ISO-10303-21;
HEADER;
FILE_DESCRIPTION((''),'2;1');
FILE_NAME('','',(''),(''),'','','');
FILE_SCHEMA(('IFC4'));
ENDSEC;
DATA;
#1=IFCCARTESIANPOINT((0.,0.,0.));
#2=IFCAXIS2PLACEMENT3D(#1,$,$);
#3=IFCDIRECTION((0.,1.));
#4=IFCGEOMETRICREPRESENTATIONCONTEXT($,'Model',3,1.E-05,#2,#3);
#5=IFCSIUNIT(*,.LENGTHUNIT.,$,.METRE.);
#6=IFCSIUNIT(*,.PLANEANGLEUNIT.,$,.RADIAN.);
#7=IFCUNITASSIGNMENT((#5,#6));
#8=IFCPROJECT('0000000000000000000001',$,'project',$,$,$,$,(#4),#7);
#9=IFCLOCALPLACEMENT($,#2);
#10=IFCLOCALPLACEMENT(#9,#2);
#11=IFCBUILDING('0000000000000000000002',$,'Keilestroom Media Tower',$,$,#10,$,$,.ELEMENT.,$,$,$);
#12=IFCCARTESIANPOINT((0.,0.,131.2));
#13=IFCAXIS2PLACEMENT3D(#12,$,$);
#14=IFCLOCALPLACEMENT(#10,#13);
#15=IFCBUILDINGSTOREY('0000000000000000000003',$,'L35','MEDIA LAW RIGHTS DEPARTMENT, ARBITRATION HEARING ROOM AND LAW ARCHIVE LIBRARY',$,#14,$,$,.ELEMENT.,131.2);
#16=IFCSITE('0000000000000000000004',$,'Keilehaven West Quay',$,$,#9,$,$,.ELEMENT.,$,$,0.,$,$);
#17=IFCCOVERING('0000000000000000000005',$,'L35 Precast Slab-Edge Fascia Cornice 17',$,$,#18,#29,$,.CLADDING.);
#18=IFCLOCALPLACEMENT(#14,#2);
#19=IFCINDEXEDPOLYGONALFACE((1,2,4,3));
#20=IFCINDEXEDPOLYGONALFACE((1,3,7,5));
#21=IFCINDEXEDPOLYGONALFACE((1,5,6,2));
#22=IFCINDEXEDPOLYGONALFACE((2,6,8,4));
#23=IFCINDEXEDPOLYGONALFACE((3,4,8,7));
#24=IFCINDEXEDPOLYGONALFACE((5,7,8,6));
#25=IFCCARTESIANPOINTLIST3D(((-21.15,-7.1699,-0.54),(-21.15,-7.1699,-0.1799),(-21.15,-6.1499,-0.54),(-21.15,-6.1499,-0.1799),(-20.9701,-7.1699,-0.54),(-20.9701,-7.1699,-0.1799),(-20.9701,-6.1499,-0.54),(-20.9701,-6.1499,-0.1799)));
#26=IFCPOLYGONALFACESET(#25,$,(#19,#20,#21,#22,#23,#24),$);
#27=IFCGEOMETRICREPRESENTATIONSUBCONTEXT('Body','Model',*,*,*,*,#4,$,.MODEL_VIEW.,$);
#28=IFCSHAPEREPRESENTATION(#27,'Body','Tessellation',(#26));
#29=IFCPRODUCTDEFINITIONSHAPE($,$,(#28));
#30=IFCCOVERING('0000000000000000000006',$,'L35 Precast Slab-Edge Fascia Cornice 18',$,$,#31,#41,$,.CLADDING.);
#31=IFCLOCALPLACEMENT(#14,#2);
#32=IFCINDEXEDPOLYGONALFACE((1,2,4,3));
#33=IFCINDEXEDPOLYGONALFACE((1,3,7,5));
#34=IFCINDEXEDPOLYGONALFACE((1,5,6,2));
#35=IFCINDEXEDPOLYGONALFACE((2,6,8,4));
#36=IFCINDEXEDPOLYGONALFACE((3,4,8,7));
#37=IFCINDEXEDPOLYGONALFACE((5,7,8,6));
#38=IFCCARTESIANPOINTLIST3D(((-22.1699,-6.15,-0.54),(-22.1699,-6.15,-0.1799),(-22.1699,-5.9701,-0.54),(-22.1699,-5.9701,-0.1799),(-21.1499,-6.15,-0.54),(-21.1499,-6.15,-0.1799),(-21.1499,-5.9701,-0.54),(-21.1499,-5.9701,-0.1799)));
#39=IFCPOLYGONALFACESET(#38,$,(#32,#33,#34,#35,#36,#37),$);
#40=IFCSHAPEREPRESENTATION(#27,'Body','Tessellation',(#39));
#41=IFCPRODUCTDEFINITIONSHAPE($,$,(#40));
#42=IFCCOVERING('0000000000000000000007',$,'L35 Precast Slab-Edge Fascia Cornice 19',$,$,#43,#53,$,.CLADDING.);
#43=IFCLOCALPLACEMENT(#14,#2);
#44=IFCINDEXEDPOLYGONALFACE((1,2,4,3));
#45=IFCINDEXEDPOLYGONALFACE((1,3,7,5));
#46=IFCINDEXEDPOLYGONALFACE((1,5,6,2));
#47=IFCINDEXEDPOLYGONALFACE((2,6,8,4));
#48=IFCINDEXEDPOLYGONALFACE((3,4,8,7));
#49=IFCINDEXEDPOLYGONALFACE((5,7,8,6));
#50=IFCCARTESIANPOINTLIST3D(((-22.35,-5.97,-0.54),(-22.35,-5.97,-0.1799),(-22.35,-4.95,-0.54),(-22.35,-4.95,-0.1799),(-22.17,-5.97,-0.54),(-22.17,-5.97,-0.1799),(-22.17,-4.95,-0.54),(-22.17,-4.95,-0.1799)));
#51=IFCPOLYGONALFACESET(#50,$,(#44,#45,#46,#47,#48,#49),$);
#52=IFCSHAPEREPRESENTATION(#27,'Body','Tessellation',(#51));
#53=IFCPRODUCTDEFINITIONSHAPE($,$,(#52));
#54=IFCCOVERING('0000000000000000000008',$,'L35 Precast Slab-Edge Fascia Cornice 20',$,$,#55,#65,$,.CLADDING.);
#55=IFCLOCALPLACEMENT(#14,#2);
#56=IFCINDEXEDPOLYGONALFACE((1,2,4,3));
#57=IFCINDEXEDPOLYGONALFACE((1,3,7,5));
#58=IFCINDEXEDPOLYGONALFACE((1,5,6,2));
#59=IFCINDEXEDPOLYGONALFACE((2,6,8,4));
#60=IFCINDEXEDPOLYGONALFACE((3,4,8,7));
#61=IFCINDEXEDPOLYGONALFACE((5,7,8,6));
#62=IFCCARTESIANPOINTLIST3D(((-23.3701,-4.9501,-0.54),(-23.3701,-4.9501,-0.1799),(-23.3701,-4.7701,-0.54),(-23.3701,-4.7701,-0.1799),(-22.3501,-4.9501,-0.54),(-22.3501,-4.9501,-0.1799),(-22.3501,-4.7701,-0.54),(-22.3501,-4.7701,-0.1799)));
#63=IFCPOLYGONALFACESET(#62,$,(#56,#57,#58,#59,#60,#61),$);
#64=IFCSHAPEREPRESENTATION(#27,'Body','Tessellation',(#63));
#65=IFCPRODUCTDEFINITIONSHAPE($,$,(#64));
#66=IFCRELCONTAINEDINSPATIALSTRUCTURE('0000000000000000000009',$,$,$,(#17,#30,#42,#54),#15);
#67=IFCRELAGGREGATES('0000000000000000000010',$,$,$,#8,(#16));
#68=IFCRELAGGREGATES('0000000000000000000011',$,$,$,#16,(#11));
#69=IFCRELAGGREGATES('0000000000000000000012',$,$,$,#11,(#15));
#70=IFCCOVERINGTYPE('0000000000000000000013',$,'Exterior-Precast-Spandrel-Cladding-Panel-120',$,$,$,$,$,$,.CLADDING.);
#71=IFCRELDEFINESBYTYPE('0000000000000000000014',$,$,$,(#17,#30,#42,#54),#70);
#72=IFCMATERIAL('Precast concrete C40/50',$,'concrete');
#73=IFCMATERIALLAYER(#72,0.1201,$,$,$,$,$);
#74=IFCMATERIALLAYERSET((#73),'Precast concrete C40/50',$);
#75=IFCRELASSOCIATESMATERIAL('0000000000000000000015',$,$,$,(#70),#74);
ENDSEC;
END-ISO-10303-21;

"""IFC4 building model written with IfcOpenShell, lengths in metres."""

from ifc_helpers import new_model, si_unit, direction, frame, origin, origin_2d, place, context, subcontext, project, spatial, rectangle, extrude, source, transform, mapped, material, layer, layer_set, type_object, element, save


model = new_model("IFC4")

# Units and contexts
model_context = context("Model", 3, precision=1e-05, world=origin(), true_north=direction((0.0, 1.0)))
body_context = subcontext(model_context, "Body", "Model", "MODEL_VIEW")
ifc_project = project(units=[si_unit("LENGTHUNIT", "METRE"), si_unit("PLANEANGLEUNIT", "RADIAN")], contexts=[model_context])

# Site, building, storey
site_placement = place(None, origin())
site = spatial("IfcSite", under=ifc_project, at=site_placement, Name="Keilehaven West Quay", CompositionType="ELEMENT", RefElevation=0.0)
building_placement = place(site_placement, origin())
building = spatial("IfcBuilding", under=site, at=building_placement, Name="Keilestroom Media Tower", CompositionType="ELEMENT")
storey_placement = place(building_placement, frame((0.0, 0.0, 131.2)))
storey = spatial("IfcBuildingStorey", under=building, at=storey_placement, Name="L35", Description="MEDIA LAW RIGHTS DEPARTMENT, ARBITRATION HEARING ROOM AND LAW ARCHIVE LIBRARY", CompositionType="ELEMENT", Elevation=131.2)

# Shared definitions
ifc_material_1 = material(Name="Precast concrete C40/50", Category="concrete")

# Coverings
ifc_layer_1 = layer(ifc_material_1, 0.1201)
ifc_layer_set_1 = layer_set([ifc_layer_1], Name="Precast concrete C40/50")
covering_type = type_object("IfcCoveringType", Name="Exterior-Precast-Spandrel-Cladding-Panel-120", PredefinedType="CLADDING", material=ifc_layer_set_1)
shared_shape_1 = source(origin(), body_context, "Body", "SweptSolid", [
    extrude(rectangle(XDim=1.02, YDim=0.1799, at=origin_2d()), origin(), (0.0, 0.0, 1.0), 0.3601),
])
for number, where, z_axis, x_axis, name in (
    (1, (-21.0601, -6.6599, -0.54), (0.0, 0.0, 1.0), (0.0, 1.0, 0.0), "L35 Precast Slab-Edge Fascia Cornice 17"),
    (2, (-21.6599, -6.0601, -0.54), (0.0, 0.0, 1.0), (-1.0, 0.0, 0.0), "L35 Precast Slab-Edge Fascia Cornice 18"),
    (3, (-22.26, -5.46, -0.54), (0.0, 0.0, 1.0), (0.0, 1.0, 0.0), "L35 Precast Slab-Edge Fascia Cornice 19"),
    (4, (-22.8601, -4.8601, -0.54), (0.0, 0.0, 1.0), (-1.0, 0.0, 0.0), "L35 Precast Slab-Edge Fascia Cornice 20"),
):
    element("IfcCovering", number, at=place(storey_placement, frame(where, z_axis=z_axis, x_axis=x_axis)), inside=storey, type_object=covering_type, Name=name, PredefinedType="CLADDING", context=body_context, shape_type="MappedRepresentation", body=[
        mapped(shared_shape_1, transform((0.0, 0.0, 0.0), x_axis=(1.0, 0.0, 0.0), y_axis=(0.0, 1.0, 0.0), z_axis=(0.0, 0.0, 1.0), scale=1.0)),
    ])

save(model, "model.ifc")
